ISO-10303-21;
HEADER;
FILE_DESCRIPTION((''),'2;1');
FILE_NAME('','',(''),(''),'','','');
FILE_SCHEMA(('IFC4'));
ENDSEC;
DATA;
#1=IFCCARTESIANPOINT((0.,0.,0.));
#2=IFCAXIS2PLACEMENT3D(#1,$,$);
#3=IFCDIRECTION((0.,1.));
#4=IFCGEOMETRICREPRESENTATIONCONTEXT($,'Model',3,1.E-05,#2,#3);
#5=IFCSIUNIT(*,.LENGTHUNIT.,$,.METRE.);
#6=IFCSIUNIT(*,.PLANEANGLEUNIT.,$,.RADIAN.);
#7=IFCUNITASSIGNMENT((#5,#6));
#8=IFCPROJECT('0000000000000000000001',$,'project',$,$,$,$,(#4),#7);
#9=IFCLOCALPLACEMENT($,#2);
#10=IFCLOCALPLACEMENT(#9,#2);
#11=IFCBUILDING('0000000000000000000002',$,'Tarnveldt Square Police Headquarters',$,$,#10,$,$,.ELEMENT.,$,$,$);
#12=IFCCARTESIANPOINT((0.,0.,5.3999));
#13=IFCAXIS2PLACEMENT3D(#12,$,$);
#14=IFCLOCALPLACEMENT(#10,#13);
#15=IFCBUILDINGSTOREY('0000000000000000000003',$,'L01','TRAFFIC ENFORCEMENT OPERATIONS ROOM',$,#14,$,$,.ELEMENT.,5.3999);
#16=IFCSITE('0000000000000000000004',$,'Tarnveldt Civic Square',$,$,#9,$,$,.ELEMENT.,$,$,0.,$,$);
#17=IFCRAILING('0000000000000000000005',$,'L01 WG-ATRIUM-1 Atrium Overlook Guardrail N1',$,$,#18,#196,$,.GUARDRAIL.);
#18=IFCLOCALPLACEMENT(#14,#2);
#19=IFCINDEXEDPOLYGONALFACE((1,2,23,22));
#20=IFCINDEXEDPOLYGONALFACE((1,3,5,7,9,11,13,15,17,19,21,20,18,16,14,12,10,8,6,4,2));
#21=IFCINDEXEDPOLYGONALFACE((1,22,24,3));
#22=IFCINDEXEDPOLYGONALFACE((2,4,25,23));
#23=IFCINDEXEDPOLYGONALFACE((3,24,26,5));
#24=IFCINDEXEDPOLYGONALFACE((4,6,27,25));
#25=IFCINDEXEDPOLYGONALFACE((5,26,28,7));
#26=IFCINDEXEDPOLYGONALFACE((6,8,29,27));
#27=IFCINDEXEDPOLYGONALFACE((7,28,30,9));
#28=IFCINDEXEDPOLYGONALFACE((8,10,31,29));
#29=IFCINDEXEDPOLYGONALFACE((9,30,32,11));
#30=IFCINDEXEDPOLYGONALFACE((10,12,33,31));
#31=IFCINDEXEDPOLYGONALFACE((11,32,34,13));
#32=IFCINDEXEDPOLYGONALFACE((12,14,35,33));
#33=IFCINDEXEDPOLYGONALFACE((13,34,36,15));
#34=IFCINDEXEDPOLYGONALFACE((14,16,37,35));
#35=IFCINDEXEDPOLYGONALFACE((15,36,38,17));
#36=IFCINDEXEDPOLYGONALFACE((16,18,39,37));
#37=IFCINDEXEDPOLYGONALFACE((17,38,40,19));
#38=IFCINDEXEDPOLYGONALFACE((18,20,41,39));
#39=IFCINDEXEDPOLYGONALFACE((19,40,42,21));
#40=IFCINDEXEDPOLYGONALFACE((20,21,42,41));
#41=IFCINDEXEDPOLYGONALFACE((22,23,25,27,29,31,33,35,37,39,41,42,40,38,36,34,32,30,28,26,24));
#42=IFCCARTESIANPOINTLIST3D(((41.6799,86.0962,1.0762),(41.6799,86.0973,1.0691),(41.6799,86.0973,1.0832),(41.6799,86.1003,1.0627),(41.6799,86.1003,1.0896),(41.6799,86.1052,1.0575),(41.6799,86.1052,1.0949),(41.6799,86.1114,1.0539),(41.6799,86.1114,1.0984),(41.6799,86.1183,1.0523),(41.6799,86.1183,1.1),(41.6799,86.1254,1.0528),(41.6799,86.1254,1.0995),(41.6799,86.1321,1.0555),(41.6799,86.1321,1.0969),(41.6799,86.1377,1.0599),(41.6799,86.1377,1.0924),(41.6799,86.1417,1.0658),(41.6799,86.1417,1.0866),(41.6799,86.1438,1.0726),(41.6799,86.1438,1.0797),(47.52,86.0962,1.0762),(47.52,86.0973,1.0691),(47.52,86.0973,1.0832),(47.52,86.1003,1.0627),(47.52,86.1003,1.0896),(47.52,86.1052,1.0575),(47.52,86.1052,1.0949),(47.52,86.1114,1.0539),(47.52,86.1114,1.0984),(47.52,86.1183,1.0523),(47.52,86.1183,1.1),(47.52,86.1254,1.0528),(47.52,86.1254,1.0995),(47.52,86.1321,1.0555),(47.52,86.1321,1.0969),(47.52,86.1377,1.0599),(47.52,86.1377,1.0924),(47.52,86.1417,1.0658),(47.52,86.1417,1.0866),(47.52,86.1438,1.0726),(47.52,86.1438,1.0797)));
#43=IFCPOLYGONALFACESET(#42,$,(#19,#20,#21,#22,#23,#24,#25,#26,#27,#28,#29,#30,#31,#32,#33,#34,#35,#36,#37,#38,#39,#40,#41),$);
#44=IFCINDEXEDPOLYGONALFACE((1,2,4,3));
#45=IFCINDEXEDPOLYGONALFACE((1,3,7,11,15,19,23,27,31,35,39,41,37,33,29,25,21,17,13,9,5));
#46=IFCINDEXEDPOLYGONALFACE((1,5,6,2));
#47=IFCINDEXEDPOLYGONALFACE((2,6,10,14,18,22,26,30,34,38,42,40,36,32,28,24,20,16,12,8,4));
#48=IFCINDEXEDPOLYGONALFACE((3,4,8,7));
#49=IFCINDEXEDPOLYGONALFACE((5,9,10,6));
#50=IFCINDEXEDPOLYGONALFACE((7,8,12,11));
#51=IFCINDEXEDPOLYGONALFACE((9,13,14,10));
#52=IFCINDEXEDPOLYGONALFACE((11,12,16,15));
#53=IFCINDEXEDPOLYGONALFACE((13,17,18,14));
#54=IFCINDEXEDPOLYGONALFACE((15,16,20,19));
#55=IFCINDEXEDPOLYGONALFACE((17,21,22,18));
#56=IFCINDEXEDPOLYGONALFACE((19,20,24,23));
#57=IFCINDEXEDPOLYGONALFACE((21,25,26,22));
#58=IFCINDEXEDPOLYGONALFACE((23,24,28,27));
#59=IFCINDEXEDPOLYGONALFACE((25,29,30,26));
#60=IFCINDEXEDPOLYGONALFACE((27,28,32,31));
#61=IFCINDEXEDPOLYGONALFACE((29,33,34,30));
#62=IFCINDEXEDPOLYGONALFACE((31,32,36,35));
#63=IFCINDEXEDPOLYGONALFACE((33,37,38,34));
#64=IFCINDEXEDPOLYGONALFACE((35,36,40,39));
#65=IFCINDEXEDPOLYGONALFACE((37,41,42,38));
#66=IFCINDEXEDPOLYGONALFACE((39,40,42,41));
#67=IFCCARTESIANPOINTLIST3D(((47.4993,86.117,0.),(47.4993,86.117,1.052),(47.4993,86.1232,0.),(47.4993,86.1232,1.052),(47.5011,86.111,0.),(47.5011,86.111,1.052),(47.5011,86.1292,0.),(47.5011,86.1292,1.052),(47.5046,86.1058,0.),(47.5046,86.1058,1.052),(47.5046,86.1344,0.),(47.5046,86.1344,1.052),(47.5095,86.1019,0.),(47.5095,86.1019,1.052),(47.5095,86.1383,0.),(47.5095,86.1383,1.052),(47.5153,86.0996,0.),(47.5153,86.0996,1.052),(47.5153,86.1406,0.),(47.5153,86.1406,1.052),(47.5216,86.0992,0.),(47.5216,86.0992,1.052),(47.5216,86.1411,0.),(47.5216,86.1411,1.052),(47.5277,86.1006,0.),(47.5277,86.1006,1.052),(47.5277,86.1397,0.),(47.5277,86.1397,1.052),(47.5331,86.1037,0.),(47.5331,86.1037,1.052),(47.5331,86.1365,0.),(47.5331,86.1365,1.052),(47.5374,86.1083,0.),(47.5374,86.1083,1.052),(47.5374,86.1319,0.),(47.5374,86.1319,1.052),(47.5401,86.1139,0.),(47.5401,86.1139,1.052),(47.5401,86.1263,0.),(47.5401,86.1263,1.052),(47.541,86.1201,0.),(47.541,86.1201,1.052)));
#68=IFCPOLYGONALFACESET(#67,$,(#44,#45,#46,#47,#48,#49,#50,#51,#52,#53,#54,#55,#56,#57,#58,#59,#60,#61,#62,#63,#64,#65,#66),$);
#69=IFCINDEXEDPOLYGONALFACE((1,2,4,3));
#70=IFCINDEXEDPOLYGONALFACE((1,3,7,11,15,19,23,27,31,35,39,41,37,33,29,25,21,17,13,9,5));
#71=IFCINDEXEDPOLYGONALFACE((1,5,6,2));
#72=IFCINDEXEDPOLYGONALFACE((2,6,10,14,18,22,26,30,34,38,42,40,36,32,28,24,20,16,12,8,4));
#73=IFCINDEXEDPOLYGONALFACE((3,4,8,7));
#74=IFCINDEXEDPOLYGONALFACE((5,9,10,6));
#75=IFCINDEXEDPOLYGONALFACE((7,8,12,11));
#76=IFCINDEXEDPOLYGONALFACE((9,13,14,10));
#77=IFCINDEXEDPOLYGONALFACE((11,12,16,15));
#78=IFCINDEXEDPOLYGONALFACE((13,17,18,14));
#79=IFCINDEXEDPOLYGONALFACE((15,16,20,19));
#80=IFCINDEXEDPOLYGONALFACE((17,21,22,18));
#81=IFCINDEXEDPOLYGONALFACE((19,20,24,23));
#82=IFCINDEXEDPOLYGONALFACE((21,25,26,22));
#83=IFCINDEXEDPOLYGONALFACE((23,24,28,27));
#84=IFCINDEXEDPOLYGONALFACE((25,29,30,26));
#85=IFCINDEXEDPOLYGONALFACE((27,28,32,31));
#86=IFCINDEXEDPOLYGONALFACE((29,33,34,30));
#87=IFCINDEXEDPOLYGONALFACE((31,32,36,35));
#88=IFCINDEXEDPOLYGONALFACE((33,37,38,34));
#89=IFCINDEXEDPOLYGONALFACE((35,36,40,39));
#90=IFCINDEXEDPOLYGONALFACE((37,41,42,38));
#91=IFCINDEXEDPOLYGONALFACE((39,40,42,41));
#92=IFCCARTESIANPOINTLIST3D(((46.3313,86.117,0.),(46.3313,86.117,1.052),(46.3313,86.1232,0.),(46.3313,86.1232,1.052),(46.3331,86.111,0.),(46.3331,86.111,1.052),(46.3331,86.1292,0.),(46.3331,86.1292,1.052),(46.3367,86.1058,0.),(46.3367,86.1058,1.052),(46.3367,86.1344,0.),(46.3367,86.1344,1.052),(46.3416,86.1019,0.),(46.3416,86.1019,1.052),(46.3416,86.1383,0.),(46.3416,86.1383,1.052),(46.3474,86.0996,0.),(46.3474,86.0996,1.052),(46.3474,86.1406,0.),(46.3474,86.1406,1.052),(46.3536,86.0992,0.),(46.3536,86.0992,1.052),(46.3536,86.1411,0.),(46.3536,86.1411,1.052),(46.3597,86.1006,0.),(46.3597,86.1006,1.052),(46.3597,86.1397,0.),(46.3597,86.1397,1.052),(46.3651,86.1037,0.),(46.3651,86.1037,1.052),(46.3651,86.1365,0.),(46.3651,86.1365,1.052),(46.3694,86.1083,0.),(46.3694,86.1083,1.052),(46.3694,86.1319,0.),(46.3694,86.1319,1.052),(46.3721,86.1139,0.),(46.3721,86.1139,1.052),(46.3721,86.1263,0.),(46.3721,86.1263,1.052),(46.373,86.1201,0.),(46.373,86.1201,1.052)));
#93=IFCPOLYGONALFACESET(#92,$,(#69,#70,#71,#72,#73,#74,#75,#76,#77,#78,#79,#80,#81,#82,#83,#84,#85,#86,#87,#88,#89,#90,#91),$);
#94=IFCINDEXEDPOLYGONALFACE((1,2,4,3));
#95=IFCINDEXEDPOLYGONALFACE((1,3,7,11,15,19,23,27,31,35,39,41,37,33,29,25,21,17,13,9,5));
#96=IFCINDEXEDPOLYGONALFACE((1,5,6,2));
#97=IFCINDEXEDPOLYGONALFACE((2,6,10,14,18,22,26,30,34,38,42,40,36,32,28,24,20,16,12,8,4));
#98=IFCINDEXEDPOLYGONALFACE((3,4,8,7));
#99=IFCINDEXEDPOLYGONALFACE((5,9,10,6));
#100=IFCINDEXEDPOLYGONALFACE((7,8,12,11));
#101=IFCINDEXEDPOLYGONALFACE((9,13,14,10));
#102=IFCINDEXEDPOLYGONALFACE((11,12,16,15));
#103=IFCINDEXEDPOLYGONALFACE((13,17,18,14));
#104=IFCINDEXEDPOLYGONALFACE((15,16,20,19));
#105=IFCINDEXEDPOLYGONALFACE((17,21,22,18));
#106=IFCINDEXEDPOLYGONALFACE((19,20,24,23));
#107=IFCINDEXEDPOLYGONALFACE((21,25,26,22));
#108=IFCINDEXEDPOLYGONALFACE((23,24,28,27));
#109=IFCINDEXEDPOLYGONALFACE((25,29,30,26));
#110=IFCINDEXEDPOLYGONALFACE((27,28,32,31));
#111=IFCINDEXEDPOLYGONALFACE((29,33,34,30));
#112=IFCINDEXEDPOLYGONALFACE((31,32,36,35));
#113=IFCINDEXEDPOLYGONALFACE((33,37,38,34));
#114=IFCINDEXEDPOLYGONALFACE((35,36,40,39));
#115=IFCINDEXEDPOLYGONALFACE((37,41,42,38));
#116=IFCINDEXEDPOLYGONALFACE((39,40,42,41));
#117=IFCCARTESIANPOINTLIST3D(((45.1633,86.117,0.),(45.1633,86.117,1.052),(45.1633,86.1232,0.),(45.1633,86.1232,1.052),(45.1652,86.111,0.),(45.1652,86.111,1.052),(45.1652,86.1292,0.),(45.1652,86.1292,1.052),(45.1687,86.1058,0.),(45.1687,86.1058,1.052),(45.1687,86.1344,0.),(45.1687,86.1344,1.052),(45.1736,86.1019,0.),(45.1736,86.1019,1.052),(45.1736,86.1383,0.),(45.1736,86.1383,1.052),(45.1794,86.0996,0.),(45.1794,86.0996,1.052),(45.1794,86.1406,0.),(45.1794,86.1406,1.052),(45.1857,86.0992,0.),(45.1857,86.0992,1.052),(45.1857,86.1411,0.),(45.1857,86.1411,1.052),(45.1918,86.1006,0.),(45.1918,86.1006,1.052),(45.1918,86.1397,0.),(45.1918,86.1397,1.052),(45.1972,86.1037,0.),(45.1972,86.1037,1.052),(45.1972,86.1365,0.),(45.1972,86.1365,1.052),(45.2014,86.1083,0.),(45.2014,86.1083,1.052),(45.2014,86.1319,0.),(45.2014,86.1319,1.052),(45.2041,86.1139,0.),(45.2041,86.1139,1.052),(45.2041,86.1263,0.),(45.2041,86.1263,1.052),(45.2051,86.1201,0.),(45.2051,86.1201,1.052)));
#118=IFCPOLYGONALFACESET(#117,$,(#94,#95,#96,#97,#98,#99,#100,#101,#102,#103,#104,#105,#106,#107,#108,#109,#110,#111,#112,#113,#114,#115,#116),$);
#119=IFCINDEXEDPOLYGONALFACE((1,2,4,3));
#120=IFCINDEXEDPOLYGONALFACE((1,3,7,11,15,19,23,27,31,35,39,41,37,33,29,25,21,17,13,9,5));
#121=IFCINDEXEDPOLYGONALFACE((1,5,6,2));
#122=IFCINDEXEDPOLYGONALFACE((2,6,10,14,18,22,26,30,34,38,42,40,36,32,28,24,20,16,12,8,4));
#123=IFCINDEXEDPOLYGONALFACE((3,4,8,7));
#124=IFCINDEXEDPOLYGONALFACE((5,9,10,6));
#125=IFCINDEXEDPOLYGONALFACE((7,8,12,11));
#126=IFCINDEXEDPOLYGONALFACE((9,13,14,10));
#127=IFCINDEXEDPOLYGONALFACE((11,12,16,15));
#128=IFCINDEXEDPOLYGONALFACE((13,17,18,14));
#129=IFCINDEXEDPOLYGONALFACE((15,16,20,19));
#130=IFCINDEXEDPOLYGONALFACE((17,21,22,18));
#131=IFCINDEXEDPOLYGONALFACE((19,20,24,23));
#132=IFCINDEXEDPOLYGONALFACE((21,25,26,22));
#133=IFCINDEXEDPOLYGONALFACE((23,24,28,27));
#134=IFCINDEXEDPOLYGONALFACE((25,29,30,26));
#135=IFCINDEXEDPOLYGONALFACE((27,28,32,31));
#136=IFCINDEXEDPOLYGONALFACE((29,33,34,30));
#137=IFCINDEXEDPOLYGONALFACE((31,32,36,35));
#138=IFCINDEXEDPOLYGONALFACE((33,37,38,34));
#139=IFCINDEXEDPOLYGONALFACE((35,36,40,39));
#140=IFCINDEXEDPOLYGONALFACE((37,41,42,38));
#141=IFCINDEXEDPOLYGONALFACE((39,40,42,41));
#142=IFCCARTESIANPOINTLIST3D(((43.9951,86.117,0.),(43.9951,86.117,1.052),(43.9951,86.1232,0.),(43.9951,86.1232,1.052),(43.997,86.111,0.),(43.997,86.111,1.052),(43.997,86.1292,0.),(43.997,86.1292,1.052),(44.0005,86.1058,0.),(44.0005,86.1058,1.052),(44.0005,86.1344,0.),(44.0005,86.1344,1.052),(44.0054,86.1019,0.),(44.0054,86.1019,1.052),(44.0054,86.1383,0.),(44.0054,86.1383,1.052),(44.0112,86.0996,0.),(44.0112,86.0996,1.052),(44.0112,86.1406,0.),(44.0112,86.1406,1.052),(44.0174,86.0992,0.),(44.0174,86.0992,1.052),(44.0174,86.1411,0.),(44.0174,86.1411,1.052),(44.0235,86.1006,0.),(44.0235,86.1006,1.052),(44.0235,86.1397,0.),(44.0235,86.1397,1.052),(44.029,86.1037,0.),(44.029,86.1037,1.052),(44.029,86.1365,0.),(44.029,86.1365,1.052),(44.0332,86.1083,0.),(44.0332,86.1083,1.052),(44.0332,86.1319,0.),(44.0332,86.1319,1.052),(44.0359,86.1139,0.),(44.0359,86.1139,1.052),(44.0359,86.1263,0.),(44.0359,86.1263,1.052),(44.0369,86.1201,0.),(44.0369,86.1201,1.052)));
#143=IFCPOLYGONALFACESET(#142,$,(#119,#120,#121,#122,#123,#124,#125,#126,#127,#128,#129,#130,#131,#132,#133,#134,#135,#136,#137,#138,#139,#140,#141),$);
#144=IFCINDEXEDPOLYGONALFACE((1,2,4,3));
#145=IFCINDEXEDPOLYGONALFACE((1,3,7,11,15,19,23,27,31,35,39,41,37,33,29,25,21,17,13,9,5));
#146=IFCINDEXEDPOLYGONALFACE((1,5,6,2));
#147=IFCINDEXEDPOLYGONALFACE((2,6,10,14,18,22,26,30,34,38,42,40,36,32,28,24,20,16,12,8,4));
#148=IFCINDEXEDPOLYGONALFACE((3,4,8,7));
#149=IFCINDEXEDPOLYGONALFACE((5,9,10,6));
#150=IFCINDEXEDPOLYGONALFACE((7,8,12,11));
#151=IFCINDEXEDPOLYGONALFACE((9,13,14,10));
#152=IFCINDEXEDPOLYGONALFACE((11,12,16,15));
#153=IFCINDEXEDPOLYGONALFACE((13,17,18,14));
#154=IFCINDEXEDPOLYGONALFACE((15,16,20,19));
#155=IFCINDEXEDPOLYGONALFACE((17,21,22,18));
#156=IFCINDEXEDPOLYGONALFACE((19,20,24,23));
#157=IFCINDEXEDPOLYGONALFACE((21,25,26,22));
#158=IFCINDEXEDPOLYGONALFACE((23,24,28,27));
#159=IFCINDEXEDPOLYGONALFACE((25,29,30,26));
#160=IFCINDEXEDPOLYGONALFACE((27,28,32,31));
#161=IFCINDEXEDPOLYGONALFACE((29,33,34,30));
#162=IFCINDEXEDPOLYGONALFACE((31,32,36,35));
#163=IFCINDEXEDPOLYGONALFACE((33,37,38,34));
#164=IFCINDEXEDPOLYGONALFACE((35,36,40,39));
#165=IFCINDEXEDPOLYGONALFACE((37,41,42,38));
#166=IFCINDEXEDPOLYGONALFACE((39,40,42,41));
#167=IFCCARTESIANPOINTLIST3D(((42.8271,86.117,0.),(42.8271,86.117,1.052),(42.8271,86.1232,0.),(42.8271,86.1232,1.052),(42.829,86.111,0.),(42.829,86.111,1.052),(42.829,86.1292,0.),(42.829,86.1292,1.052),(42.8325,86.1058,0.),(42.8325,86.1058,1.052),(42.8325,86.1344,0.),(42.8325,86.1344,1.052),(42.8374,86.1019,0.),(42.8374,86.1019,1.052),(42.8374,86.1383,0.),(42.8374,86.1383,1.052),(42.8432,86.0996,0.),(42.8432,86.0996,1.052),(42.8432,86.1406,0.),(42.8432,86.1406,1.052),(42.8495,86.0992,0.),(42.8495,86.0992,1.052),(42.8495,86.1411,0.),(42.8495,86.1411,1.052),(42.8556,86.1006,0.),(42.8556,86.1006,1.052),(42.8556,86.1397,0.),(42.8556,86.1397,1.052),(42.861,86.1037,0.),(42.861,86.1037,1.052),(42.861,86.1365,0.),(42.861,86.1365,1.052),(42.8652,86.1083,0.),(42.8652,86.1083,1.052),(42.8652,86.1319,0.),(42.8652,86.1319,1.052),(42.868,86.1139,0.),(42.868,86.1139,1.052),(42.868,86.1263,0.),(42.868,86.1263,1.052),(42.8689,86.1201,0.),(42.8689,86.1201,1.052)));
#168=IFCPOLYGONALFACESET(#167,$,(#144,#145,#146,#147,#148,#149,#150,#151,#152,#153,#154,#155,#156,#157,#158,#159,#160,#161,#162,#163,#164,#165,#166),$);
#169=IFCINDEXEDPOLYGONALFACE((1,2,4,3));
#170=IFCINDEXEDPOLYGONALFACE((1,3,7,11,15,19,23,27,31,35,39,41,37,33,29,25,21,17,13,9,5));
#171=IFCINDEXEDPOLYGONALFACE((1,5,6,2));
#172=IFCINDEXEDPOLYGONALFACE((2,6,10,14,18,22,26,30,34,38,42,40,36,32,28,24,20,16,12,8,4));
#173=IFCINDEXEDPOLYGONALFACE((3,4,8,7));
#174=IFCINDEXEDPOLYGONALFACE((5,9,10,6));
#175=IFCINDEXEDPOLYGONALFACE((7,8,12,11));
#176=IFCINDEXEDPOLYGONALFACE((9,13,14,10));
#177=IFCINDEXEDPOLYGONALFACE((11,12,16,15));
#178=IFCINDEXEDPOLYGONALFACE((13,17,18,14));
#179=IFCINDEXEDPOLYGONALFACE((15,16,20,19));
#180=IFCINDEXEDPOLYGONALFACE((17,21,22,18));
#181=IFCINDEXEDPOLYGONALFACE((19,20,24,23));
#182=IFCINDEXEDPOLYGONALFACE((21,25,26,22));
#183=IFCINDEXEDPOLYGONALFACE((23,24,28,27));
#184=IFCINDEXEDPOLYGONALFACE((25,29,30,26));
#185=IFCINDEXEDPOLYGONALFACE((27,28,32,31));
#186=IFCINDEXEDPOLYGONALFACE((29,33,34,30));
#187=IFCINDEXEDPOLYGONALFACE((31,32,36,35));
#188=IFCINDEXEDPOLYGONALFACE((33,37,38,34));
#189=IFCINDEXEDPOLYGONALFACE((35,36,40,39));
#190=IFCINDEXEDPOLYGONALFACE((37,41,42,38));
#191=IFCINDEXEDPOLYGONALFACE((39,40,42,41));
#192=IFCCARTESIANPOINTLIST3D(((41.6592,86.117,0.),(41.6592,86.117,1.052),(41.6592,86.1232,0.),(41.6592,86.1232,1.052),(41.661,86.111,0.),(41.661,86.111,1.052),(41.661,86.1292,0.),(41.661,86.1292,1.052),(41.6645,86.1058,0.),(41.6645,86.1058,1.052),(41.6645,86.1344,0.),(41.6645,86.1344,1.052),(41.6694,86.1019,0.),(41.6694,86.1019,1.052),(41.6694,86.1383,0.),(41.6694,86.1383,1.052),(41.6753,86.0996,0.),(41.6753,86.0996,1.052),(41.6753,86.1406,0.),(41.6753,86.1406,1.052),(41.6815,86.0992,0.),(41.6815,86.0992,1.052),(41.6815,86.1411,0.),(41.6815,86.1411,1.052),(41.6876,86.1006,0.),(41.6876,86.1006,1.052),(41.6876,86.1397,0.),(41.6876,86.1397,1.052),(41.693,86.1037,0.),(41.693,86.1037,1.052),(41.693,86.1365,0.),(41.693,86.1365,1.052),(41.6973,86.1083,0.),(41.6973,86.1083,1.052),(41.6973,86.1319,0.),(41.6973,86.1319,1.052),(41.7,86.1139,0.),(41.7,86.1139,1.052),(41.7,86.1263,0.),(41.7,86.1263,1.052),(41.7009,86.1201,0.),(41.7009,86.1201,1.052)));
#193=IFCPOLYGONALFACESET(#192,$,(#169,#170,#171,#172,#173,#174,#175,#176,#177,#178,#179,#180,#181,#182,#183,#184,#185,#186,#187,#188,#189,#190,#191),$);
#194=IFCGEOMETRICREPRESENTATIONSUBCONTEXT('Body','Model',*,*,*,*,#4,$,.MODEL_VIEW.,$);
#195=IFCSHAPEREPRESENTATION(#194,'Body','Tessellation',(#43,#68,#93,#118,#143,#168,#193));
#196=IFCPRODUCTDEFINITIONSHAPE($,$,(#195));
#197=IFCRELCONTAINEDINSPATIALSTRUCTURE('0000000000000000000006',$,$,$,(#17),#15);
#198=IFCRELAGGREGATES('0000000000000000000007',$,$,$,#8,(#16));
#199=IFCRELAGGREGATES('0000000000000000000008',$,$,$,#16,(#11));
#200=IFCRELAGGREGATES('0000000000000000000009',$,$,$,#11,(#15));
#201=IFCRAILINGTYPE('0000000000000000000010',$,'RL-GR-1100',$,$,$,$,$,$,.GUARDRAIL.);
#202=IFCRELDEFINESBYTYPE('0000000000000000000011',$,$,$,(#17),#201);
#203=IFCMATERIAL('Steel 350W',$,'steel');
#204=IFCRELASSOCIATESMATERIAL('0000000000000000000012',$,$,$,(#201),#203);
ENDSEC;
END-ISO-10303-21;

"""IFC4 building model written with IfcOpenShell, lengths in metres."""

from ifc_helpers import new_model, si_unit, direction, frame, origin, origin_2d, place, context, subcontext, project, spatial, circle, extrude, material, type_object, element, save


model = new_model("IFC4")

# Units and contexts
model_context = context("Model", 3, precision=1e-05, world=origin(), true_north=direction((0.0, 1.0)))
body_context = subcontext(model_context, "Body", "Model", "MODEL_VIEW")
ifc_project = project(units=[si_unit("LENGTHUNIT", "METRE"), si_unit("PLANEANGLEUNIT", "RADIAN")], contexts=[model_context])

# Site, building, storey
site_placement = place(None, origin())
site = spatial("IfcSite", under=ifc_project, at=site_placement, Name="Tarnveldt Civic Square", CompositionType="ELEMENT", RefElevation=0.0)
building_placement = place(site_placement, origin())
building = spatial("IfcBuilding", under=site, at=building_placement, Name="Tarnveldt Square Police Headquarters", CompositionType="ELEMENT")
storey_placement = place(building_placement, frame((0.0, 0.0, 5.3999)))
storey = spatial("IfcBuildingStorey", under=building, at=storey_placement, Name="L01", Description="TRAFFIC ENFORCEMENT OPERATIONS ROOM", CompositionType="ELEMENT", Elevation=5.3999)

# Shared definitions
ifc_material_1 = material(Name="Steel 350W", Category="steel")

# Railing
railing_type = type_object("IfcRailingType", Name="RL-GR-1100", PredefinedType="GUARDRAIL", material=ifc_material_1)
railing_placement = place(storey_placement, frame((47.52, 86.1201, 0.0)))
element("IfcRailing", 1, at=railing_placement, inside=storey, type_object=railing_type, Name="L01 WG-ATRIUM-1 Atrium Overlook Guardrail N1", PredefinedType="GUARDRAIL", context=body_context, shape_type="SweptSolid", body=[
    extrude(circle(Radius=0.0239, at=origin_2d()), frame((0.0, 0.0, 1.0762), z_axis=(-1.0, 0.0, 0.0), x_axis=(0.0, -1.0, 0.0)), (0.0, 0.0, 1.0), 5.8401),
    extrude(circle(Radius=0.021, at=origin_2d()), origin(), (0.0, 0.0, 1.0), 1.052),
    extrude(circle(Radius=0.021, at=origin_2d()), frame((-1.168, 0.0, 0.0)), (0.0, 0.0, 1.0), 1.052),
    extrude(circle(Radius=0.021, at=origin_2d()), frame((-2.3359, 0.0, 0.0)), (0.0, 0.0, 1.0), 1.052),
    extrude(circle(Radius=0.021, at=origin_2d()), frame((-3.5042, 0.0, 0.0)), (0.0, 0.0, 1.0), 1.052),
    extrude(circle(Radius=0.021, at=origin_2d()), frame((-4.6721, 0.0, 0.0)), (0.0, 0.0, 1.0), 1.052),
    extrude(circle(Radius=0.021, at=origin_2d()), frame((-5.8401, 0.0, 0.0)), (0.0, 0.0, 1.0), 1.052),
])

save(model, "model.ifc")
